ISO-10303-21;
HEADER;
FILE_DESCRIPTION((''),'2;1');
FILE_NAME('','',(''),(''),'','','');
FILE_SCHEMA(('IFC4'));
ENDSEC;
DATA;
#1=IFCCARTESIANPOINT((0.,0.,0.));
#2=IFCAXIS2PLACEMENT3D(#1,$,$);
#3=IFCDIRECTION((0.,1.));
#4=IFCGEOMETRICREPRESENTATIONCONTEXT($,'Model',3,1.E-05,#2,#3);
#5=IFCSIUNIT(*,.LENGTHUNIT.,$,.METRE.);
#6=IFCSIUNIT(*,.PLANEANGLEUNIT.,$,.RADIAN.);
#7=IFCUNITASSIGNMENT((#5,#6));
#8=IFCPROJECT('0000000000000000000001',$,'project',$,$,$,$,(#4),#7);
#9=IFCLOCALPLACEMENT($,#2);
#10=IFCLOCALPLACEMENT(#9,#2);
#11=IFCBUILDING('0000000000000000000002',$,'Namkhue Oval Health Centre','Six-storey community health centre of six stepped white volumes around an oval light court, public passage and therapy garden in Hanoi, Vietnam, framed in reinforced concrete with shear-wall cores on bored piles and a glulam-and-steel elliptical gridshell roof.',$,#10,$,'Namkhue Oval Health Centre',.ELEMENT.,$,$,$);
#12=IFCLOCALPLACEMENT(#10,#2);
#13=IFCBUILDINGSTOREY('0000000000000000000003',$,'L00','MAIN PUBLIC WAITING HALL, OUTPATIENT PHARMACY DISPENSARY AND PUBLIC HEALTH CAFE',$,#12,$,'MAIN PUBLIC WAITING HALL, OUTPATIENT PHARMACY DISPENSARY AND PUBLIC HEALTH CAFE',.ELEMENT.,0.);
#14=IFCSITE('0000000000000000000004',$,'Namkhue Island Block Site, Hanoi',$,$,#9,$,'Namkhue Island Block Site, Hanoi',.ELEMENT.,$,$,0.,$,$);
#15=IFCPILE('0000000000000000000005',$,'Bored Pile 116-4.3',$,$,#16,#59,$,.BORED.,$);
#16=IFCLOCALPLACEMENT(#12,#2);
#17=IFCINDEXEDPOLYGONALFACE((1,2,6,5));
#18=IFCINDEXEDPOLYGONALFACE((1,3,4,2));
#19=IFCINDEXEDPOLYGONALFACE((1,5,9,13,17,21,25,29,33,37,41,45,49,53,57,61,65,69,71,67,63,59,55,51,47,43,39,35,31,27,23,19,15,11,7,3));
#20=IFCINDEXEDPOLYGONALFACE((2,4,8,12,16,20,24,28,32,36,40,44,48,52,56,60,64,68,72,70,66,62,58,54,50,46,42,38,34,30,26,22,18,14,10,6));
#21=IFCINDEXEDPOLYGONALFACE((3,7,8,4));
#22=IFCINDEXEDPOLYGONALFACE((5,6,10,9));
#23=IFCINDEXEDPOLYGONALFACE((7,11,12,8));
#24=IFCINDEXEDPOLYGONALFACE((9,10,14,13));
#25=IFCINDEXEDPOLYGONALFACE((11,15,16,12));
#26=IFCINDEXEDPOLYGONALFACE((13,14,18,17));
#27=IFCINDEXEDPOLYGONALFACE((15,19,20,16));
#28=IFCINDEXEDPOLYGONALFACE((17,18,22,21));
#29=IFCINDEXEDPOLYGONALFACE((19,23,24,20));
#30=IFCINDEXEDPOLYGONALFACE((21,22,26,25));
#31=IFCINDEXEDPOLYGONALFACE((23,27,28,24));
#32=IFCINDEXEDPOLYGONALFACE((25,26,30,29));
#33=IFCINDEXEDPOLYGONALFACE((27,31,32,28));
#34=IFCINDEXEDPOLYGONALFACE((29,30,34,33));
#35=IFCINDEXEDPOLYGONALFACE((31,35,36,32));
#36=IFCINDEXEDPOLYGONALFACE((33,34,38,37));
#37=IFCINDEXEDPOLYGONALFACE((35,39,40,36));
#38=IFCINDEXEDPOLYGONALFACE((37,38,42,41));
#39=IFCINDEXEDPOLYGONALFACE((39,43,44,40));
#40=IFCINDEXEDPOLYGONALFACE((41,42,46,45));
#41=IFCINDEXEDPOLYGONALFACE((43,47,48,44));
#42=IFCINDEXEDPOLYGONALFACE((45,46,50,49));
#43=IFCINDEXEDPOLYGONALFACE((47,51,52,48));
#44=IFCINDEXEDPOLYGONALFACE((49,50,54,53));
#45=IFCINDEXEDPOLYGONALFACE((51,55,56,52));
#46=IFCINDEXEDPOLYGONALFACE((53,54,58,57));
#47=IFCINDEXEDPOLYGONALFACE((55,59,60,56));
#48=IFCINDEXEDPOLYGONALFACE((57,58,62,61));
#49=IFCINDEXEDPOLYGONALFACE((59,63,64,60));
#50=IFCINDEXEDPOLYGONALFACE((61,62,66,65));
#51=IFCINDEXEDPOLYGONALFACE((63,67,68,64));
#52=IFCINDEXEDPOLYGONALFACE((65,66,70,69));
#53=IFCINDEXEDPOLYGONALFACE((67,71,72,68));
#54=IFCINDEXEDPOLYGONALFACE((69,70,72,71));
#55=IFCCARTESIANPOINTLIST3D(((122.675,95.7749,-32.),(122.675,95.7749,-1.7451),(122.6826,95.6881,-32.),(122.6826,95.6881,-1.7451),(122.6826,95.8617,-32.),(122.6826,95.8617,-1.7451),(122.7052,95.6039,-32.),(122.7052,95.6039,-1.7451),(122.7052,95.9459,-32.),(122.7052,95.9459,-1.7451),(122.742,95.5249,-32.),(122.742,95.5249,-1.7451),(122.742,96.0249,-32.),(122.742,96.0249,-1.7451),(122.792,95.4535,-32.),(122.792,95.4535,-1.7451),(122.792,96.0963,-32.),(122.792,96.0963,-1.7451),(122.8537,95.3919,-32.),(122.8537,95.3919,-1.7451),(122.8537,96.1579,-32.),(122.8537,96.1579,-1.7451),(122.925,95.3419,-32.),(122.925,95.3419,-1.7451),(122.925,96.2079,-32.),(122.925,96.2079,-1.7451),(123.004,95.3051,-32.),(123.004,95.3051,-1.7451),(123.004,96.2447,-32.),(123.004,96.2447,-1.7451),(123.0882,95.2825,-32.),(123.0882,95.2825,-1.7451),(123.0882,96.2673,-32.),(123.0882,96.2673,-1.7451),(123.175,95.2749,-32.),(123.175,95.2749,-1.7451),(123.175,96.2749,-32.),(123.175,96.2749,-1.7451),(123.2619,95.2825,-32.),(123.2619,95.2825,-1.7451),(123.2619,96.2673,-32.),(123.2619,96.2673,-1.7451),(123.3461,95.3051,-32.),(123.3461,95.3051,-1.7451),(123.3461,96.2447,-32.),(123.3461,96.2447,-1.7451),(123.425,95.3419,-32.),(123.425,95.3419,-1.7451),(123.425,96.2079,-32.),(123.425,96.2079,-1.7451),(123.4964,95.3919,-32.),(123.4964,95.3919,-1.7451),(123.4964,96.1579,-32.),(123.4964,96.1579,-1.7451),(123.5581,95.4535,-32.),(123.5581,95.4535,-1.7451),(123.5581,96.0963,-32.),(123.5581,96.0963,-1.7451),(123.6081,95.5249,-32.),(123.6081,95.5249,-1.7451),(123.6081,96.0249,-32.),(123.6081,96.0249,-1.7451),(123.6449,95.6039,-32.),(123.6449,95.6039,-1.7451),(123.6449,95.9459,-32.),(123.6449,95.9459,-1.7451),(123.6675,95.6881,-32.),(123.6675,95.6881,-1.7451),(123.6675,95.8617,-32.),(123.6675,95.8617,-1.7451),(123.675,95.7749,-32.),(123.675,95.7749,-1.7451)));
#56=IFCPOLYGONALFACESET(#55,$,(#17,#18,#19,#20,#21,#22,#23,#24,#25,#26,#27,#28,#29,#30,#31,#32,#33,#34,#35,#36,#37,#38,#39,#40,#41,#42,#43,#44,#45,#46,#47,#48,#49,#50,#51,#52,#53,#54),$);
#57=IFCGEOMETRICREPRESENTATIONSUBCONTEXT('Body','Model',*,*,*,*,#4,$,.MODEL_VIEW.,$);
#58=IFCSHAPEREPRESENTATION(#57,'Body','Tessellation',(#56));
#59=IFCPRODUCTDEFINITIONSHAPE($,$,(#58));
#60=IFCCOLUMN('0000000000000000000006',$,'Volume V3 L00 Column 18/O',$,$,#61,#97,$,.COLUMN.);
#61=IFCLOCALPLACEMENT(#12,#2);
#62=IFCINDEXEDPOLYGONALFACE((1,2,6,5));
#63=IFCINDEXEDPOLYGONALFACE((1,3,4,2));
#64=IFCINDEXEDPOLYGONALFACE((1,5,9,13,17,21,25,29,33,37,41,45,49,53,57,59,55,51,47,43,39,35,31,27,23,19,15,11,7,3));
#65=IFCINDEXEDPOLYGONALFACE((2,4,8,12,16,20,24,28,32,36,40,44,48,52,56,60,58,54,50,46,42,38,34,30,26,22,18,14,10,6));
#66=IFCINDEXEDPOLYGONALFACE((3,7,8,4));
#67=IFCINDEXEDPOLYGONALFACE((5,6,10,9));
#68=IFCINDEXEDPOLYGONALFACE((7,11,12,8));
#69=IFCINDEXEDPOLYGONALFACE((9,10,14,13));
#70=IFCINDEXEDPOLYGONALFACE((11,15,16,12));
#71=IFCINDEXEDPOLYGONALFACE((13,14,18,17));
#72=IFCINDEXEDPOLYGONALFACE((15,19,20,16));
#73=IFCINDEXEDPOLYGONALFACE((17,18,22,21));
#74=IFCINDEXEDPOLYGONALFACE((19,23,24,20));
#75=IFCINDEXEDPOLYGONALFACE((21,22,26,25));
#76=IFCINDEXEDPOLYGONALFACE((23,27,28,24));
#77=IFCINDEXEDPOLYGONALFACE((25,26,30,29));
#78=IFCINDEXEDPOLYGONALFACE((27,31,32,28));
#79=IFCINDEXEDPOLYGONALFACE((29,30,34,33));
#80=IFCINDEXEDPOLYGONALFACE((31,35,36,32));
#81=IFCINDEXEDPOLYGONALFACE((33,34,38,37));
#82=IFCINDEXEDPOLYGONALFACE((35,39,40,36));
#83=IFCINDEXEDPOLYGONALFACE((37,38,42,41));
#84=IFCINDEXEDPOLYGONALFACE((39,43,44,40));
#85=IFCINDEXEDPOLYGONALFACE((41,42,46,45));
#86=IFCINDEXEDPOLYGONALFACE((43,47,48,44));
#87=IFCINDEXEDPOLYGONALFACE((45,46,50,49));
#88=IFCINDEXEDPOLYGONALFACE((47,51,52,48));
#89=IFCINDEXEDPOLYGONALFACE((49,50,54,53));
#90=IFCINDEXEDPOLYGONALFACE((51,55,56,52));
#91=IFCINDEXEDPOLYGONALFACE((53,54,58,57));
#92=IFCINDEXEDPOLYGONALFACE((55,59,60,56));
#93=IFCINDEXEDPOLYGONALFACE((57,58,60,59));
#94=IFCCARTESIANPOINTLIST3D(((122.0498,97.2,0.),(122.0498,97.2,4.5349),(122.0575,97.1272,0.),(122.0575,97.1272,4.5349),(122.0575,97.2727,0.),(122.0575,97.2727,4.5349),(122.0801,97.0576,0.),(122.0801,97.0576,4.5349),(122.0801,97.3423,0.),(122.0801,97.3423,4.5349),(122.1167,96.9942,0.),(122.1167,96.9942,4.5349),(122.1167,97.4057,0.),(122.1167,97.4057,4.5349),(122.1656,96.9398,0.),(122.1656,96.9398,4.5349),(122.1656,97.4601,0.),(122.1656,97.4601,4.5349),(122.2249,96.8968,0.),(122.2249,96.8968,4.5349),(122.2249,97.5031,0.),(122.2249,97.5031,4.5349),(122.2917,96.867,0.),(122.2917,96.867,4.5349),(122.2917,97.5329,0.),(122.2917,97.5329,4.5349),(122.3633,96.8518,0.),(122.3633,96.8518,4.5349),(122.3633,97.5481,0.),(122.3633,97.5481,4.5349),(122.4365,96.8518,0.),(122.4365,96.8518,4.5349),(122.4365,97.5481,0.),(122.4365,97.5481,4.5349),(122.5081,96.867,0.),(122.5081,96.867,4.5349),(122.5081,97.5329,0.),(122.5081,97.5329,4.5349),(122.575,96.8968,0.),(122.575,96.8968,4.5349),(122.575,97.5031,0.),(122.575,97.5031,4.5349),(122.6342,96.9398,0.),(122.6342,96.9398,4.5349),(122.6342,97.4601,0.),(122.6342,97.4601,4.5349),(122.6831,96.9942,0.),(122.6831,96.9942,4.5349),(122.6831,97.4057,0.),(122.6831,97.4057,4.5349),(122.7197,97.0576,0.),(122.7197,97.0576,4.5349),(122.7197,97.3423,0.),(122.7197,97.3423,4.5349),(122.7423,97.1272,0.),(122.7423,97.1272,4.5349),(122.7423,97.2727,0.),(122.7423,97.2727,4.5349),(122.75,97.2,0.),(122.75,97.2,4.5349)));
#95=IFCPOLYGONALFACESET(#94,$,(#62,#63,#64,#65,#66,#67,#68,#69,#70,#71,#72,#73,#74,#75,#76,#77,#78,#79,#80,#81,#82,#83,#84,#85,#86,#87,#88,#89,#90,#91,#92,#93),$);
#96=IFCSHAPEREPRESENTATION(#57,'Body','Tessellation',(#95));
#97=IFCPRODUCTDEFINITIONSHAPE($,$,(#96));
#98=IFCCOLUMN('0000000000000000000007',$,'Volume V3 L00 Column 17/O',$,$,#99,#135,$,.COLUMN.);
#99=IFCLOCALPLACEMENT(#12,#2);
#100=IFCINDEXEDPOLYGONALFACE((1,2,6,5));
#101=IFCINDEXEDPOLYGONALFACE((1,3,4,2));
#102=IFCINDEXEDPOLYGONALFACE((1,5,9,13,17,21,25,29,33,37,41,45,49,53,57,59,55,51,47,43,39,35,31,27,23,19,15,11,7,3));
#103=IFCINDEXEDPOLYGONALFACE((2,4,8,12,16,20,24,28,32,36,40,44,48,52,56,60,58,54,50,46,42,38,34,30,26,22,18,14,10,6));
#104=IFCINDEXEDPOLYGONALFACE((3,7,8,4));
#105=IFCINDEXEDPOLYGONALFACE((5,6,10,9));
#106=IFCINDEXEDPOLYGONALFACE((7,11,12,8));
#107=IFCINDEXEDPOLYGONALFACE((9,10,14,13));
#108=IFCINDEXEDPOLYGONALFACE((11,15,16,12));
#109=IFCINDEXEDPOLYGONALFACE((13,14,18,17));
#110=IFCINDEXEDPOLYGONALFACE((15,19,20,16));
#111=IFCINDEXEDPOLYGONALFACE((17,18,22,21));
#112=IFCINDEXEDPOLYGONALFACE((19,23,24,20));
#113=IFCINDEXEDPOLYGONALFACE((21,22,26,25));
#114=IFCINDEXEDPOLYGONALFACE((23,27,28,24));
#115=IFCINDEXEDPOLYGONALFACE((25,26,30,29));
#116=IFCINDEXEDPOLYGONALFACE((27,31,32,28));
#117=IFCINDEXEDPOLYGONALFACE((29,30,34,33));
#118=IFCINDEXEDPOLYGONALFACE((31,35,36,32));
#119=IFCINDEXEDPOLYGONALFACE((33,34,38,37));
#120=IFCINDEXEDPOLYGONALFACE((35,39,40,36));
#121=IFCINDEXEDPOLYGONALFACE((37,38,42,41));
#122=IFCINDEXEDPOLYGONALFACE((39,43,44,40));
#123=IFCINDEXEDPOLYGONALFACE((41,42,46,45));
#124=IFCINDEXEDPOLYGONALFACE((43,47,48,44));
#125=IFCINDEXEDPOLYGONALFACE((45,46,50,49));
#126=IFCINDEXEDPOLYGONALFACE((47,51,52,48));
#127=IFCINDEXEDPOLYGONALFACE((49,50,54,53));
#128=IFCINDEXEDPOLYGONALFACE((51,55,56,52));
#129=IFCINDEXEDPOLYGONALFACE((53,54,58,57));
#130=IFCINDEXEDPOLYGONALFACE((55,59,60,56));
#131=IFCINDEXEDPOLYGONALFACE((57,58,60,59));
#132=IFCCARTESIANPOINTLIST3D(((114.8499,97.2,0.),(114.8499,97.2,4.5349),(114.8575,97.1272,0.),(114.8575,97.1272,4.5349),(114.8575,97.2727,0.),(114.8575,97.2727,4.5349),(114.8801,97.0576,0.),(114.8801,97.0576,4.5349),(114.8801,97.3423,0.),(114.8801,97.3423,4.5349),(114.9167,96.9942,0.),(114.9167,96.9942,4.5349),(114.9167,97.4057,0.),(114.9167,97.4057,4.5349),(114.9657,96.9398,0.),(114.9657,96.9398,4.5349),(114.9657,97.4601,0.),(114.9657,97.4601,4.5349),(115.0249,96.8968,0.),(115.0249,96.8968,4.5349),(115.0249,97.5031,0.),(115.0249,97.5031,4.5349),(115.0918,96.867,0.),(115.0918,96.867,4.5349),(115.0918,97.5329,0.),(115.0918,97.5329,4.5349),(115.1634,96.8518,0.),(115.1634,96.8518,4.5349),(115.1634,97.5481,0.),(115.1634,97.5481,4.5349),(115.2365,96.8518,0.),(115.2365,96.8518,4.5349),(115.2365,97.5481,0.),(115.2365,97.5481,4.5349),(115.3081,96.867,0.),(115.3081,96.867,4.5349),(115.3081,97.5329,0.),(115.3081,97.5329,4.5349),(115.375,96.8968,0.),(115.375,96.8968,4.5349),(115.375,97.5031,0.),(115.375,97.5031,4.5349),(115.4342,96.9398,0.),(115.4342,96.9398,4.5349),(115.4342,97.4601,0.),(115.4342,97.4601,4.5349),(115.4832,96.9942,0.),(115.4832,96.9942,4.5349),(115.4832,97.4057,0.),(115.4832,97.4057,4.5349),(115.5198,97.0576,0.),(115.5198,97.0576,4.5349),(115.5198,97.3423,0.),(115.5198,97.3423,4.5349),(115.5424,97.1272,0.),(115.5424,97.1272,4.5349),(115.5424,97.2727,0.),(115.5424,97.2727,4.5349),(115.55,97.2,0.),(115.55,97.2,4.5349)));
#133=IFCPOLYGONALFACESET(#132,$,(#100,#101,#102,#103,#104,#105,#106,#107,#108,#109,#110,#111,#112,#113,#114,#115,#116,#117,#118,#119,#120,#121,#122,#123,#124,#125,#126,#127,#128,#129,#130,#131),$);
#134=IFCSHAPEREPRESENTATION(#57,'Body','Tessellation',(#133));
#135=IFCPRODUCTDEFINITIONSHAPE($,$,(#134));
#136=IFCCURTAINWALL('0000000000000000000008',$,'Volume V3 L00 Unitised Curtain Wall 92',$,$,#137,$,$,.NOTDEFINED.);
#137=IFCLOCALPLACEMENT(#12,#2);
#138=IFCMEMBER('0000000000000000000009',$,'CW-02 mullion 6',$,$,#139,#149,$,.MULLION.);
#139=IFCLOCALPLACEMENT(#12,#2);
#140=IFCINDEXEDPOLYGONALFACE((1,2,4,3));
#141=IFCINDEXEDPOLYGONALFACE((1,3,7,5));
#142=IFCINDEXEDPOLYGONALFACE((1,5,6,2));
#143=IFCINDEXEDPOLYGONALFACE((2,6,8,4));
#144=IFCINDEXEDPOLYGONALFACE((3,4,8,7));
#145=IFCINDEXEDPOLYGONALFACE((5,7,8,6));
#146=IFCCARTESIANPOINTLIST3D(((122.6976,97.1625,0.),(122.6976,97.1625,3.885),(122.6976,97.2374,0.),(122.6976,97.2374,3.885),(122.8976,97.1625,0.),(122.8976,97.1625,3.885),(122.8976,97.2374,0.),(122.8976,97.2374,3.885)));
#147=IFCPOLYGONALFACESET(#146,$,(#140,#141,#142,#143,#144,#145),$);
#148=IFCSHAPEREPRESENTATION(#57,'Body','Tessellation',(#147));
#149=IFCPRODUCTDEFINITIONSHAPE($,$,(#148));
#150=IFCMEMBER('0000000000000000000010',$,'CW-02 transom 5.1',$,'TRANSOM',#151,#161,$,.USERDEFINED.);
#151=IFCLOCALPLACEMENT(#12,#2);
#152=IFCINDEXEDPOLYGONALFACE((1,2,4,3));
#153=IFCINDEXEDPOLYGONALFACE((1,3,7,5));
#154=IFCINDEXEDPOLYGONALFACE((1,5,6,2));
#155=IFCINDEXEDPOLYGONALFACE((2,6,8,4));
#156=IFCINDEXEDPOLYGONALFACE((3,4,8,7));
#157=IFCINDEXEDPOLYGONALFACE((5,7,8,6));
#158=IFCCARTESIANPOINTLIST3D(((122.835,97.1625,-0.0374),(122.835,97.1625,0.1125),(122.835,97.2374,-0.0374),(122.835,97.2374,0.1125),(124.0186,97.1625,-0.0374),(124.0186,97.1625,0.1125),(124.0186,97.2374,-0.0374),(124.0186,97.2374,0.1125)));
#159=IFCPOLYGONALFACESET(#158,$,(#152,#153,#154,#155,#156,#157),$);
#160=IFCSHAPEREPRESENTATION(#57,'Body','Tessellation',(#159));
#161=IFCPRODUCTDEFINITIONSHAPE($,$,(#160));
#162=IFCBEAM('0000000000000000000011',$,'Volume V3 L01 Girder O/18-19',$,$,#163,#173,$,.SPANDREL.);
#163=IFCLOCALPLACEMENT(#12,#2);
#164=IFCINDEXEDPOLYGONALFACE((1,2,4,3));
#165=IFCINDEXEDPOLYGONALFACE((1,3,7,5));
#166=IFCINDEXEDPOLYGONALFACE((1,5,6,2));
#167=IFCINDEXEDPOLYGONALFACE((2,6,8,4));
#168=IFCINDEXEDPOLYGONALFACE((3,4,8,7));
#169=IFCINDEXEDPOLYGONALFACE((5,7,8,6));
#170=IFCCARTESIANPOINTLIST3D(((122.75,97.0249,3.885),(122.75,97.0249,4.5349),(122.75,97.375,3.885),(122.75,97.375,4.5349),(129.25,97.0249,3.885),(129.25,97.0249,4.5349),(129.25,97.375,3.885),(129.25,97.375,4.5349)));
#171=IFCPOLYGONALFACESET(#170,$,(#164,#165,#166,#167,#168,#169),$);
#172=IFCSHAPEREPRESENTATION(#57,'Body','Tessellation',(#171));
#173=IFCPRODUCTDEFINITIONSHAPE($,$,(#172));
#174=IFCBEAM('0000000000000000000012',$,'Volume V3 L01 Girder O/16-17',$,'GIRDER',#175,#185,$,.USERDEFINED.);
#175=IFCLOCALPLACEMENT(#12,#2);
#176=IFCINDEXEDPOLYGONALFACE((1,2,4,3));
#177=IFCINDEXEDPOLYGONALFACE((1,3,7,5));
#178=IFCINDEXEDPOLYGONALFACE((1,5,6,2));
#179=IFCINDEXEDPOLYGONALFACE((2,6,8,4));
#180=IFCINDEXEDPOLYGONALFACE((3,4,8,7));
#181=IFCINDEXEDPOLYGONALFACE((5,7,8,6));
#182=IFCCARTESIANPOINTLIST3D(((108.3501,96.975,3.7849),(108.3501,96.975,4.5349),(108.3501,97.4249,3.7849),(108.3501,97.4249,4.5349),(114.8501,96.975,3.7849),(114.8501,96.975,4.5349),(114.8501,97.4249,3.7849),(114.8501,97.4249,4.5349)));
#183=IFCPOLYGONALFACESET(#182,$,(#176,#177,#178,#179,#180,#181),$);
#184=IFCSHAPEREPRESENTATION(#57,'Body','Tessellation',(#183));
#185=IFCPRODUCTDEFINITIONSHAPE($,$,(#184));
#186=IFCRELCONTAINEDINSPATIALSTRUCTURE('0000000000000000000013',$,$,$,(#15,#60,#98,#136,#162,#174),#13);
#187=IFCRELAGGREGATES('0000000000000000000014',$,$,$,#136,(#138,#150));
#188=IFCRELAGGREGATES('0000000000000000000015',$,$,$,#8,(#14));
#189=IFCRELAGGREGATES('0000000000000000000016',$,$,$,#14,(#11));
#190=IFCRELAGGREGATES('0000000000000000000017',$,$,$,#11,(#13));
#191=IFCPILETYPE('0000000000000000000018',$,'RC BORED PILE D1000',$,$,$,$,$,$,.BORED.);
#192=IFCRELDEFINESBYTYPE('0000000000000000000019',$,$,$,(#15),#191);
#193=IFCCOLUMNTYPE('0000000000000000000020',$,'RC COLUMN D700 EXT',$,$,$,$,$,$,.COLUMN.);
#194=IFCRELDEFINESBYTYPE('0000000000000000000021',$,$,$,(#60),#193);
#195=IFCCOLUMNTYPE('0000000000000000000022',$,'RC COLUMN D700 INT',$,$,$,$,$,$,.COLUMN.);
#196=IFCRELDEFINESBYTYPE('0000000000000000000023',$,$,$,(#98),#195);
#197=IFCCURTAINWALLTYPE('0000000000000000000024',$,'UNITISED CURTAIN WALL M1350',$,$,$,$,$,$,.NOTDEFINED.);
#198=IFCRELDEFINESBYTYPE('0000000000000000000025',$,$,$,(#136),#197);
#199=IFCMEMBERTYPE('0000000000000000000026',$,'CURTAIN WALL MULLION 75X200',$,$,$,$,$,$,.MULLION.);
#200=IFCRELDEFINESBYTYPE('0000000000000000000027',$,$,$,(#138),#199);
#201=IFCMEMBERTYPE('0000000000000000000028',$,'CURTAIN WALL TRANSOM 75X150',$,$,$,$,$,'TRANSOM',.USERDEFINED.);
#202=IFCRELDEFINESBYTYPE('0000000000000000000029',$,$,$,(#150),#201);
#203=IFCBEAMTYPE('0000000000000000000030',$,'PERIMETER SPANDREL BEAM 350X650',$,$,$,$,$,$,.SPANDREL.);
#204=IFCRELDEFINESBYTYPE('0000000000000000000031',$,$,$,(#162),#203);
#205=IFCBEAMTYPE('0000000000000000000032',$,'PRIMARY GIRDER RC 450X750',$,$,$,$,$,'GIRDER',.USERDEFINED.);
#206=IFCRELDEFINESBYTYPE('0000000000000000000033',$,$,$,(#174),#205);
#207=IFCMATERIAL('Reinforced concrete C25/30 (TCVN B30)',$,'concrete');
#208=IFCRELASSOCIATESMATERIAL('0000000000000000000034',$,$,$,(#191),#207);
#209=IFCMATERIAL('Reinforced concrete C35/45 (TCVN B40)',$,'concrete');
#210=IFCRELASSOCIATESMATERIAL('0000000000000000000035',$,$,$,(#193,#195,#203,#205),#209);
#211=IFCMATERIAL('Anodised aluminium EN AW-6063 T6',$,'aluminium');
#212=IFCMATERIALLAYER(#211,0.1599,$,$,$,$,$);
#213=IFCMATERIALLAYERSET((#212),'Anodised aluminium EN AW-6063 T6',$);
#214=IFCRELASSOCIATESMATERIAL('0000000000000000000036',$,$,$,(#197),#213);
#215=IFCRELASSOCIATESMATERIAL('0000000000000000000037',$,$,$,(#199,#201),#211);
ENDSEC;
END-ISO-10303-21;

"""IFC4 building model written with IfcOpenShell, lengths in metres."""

from ifc_helpers import new_model, si_unit, direction, frame, origin, origin_2d, place, context, subcontext, project, spatial, rectangle, circle, extrude, material, layer, layer_set, material_profile, profile_set, type_object, element, aggregate, save


model = new_model("IFC4")

# Units and contexts
model_context = context("Model", 3, precision=1e-05, world=origin(), true_north=direction((0.0, 1.0)))
body_context = subcontext(model_context, "Body", "Model", "MODEL_VIEW")
ifc_project = project(units=[si_unit("LENGTHUNIT", "METRE"), si_unit("PLANEANGLEUNIT", "RADIAN")], contexts=[model_context])

# Site, building, storey
site_placement = place(None, origin())
site = spatial("IfcSite", under=ifc_project, at=site_placement, Name="Namkhue Island Block Site, Hanoi", LongName="Namkhue Island Block Site, Hanoi", CompositionType="ELEMENT", RefElevation=0.0)
building_placement = place(site_placement, origin())
building = spatial("IfcBuilding", under=site, at=building_placement, Name="Namkhue Oval Health Centre", Description="Six-storey community health centre of six stepped white volumes around an oval light court, public passage and therapy garden in Hanoi, Vietnam, framed in reinforced concrete with shear-wall cores on bored piles and a glulam-and-steel elliptical gridshell roof.", LongName="Namkhue Oval Health Centre", CompositionType="ELEMENT")
storey_placement = place(building_placement, origin())
storey = spatial("IfcBuildingStorey", under=building, at=storey_placement, Name="L00", Description="MAIN PUBLIC WAITING HALL, OUTPATIENT PHARMACY DISPENSARY AND PUBLIC HEALTH CAFE", LongName="MAIN PUBLIC WAITING HALL, OUTPATIENT PHARMACY DISPENSARY AND PUBLIC HEALTH CAFE", CompositionType="ELEMENT", Elevation=0.0)

# Pile
ifc_material_1 = material(Name="Reinforced concrete C25/30 (TCVN B30)", Category="concrete")
ifc_material_profile_1 = material_profile(ifc_material_1, circle(Radius=0.5, at=origin_2d()), Name="BORED PILE D1000")
ifc_profile_set_1 = profile_set([ifc_material_profile_1], Name="Reinforced concrete C25/30 (TCVN B30)")
pile_type = type_object("IfcPileType", Name="RC BORED PILE D1000", PredefinedType="BORED", material=ifc_profile_set_1)
for number, where, z_axis, x_axis, name in (
    (1, (123.175, 95.7749, -1.7451), (0.0, 0.0, -1.0), (1.0, 0.0, 0.0), "Bored Pile 116-4.3"),
):
    element("IfcPile", number, at=place(storey_placement, frame(where, z_axis=z_axis, x_axis=x_axis)), inside=storey, type_object=pile_type, Name=name, PredefinedType="BORED", context=body_context, shape_type="SweptSolid", body=[
        extrude(circle(Radius=0.5, at=origin_2d()), origin(), (0.0, 0.0, 1.0), 30.2549),
    ])

# Columns
ifc_material_2 = material(Name="Reinforced concrete C35/45 (TCVN B40)", Category="concrete")
ifc_material_profile_2 = material_profile(ifc_material_2, circle(Radius=0.3501, at=origin_2d()), Name="RC D700")
ifc_profile_set_2 = profile_set([ifc_material_profile_2], Name="Reinforced concrete C35/45 (TCVN B40)")
column_type_1 = type_object("IfcColumnType", Name="RC COLUMN D700 EXT", PredefinedType="COLUMN", material=ifc_profile_set_2)
column_1_placement = place(storey_placement, frame((122.3999, 97.2, 0.0), z_axis=(0.0, 0.0, 1.0), x_axis=(1.0, 0.0, 0.0)))
element("IfcColumn", 2, at=column_1_placement, inside=storey, type_object=column_type_1, Name="Volume V3 L00 Column 18/O", PredefinedType="COLUMN", context=body_context, shape_type="SweptSolid", body=[
    extrude(circle(Radius=0.3501, at=origin_2d()), origin(), (0.0, 0.0, 1.0), 4.5349),
])
ifc_material_profile_3 = material_profile(ifc_material_2, circle(Radius=0.3501, at=origin_2d()), Name="RC D700")
ifc_profile_set_3 = profile_set([ifc_material_profile_3], Name="Reinforced concrete C35/45 (TCVN B40)")
column_type_2 = type_object("IfcColumnType", Name="RC COLUMN D700 INT", PredefinedType="COLUMN", material=ifc_profile_set_3)
column_2_placement = place(storey_placement, frame((115.2, 97.2, 0.0), z_axis=(0.0, 0.0, 1.0), x_axis=(1.0, 0.0, 0.0)))
element("IfcColumn", 3, at=column_2_placement, inside=storey, type_object=column_type_2, Name="Volume V3 L00 Column 17/O", PredefinedType="COLUMN", context=body_context, shape_type="SweptSolid", body=[
    extrude(circle(Radius=0.3501, at=origin_2d()), origin(), (0.0, 0.0, 1.0), 4.5349),
])

# Curtain wall, members
ifc_material_3 = material(Name="Anodised aluminium EN AW-6063 T6", Category="aluminium")
ifc_layer_1 = layer(ifc_material_3, 0.1599)
ifc_layer_set_1 = layer_set([ifc_layer_1], Name="Anodised aluminium EN AW-6063 T6")
curtain_wall_type = type_object("IfcCurtainWallType", Name="UNITISED CURTAIN WALL M1350", PredefinedType="NOTDEFINED", material=ifc_layer_set_1)
curtain_wall_placement = place(storey_placement, origin())
curtain_wall = element("IfcCurtainWall", 4, at=curtain_wall_placement, inside=storey, type_object=curtain_wall_type, Name="Volume V3 L00 Unitised Curtain Wall 92", PredefinedType="NOTDEFINED")
ifc_material_profile_4 = material_profile(ifc_material_3, rectangle(XDim=0.075, YDim=0.2, at=origin_2d()), Name="ALU 75x200")
ifc_profile_set_4 = profile_set([ifc_material_profile_4], Name="Anodised aluminium EN AW-6063 T6")
member_type_1 = type_object("IfcMemberType", Name="CURTAIN WALL MULLION 75X200", PredefinedType="MULLION", material=ifc_profile_set_4)
member_1_placement = place(storey_placement, frame((122.7976, 97.2, 0.0), z_axis=(0.0, 0.0, 1.0), x_axis=(0.0, -1.0, 0.0)))
member_1 = element("IfcMember", 5, at=member_1_placement, type_object=member_type_1, Name="CW-02 mullion 6", PredefinedType="MULLION", context=body_context, shape_type="SweptSolid", body=[
    extrude(rectangle(XDim=0.075, YDim=0.2, at=origin_2d()), origin(), (0.0, 0.0, 1.0), 3.885),
])
ifc_material_profile_5 = material_profile(ifc_material_3, rectangle(XDim=0.075, YDim=0.1499, at=origin_2d()), Name="ALU 75x150")
ifc_profile_set_5 = profile_set([ifc_material_profile_5], Name="Anodised aluminium EN AW-6063 T6")
member_type_2 = type_object("IfcMemberType", Name="CURTAIN WALL TRANSOM 75X150", ElementType="TRANSOM", PredefinedType="USERDEFINED", material=ifc_profile_set_5)
member_2_placement = place(storey_placement, frame((124.0186, 97.2, 0.0376), z_axis=(-1.0, 0.0, 0.0), x_axis=(0.0, -1.0, 0.0)))
member_2 = element("IfcMember", 6, at=member_2_placement, type_object=member_type_2, Name="CW-02 transom 5.1", ObjectType="TRANSOM", PredefinedType="USERDEFINED", context=body_context, shape_type="SweptSolid", body=[
    extrude(rectangle(XDim=0.075, YDim=0.1499, at=origin_2d()), origin(), (0.0, 0.0, 1.0), 1.1836),
])

# Beams
ifc_material_profile_6 = material_profile(ifc_material_2, rectangle(XDim=0.3501, YDim=0.6499, at=origin_2d()), Name="RC 350x650")
ifc_profile_set_6 = profile_set([ifc_material_profile_6], Name="Reinforced concrete C35/45 (TCVN B40)")
beam_type_1 = type_object("IfcBeamType", Name="PERIMETER SPANDREL BEAM 350X650", PredefinedType="SPANDREL", material=ifc_profile_set_6)
beam_placement = place(storey_placement, frame((122.75, 97.2, 4.21), z_axis=(1.0, 0.0, 0.0), x_axis=(0.0, 1.0, 0.0)))
element("IfcBeam", 7, at=beam_placement, inside=storey, type_object=beam_type_1, Name="Volume V3 L01 Girder O/18-19", PredefinedType="SPANDREL", context=body_context, shape_type="SweptSolid", body=[
    extrude(rectangle(XDim=0.3501, YDim=0.6499, at=origin_2d()), origin(), (0.0, 0.0, 1.0), 6.5),
])
ifc_material_profile_7 = material_profile(ifc_material_2, rectangle(XDim=0.45, YDim=0.75, at=origin_2d()), Name="RC 450x750")
ifc_profile_set_7 = profile_set([ifc_material_profile_7], Name="Reinforced concrete C35/45 (TCVN B40)")
beam_type_2 = type_object("IfcBeamType", Name="PRIMARY GIRDER RC 450X750", ElementType="GIRDER", PredefinedType="USERDEFINED", material=ifc_profile_set_7)
for number, where, z_axis, x_axis, name in (
    (8, (108.3501, 97.2, 4.1599), (1.0, 0.0, 0.0), (0.0, 1.0, 0.0), "Volume V3 L01 Girder O/16-17"),
):
    element("IfcBeam", number, at=place(storey_placement, frame(where, z_axis=z_axis, x_axis=x_axis)), inside=storey, type_object=beam_type_2, Name=name, ObjectType="GIRDER", PredefinedType="USERDEFINED", context=body_context, shape_type="SweptSolid", body=[
        extrude(rectangle(XDim=0.45, YDim=0.75, at=origin_2d()), origin(), (0.0, 0.0, 1.0), 6.5),
    ])

aggregate(curtain_wall, [member_1, member_2])

save(model, "model.ifc")
